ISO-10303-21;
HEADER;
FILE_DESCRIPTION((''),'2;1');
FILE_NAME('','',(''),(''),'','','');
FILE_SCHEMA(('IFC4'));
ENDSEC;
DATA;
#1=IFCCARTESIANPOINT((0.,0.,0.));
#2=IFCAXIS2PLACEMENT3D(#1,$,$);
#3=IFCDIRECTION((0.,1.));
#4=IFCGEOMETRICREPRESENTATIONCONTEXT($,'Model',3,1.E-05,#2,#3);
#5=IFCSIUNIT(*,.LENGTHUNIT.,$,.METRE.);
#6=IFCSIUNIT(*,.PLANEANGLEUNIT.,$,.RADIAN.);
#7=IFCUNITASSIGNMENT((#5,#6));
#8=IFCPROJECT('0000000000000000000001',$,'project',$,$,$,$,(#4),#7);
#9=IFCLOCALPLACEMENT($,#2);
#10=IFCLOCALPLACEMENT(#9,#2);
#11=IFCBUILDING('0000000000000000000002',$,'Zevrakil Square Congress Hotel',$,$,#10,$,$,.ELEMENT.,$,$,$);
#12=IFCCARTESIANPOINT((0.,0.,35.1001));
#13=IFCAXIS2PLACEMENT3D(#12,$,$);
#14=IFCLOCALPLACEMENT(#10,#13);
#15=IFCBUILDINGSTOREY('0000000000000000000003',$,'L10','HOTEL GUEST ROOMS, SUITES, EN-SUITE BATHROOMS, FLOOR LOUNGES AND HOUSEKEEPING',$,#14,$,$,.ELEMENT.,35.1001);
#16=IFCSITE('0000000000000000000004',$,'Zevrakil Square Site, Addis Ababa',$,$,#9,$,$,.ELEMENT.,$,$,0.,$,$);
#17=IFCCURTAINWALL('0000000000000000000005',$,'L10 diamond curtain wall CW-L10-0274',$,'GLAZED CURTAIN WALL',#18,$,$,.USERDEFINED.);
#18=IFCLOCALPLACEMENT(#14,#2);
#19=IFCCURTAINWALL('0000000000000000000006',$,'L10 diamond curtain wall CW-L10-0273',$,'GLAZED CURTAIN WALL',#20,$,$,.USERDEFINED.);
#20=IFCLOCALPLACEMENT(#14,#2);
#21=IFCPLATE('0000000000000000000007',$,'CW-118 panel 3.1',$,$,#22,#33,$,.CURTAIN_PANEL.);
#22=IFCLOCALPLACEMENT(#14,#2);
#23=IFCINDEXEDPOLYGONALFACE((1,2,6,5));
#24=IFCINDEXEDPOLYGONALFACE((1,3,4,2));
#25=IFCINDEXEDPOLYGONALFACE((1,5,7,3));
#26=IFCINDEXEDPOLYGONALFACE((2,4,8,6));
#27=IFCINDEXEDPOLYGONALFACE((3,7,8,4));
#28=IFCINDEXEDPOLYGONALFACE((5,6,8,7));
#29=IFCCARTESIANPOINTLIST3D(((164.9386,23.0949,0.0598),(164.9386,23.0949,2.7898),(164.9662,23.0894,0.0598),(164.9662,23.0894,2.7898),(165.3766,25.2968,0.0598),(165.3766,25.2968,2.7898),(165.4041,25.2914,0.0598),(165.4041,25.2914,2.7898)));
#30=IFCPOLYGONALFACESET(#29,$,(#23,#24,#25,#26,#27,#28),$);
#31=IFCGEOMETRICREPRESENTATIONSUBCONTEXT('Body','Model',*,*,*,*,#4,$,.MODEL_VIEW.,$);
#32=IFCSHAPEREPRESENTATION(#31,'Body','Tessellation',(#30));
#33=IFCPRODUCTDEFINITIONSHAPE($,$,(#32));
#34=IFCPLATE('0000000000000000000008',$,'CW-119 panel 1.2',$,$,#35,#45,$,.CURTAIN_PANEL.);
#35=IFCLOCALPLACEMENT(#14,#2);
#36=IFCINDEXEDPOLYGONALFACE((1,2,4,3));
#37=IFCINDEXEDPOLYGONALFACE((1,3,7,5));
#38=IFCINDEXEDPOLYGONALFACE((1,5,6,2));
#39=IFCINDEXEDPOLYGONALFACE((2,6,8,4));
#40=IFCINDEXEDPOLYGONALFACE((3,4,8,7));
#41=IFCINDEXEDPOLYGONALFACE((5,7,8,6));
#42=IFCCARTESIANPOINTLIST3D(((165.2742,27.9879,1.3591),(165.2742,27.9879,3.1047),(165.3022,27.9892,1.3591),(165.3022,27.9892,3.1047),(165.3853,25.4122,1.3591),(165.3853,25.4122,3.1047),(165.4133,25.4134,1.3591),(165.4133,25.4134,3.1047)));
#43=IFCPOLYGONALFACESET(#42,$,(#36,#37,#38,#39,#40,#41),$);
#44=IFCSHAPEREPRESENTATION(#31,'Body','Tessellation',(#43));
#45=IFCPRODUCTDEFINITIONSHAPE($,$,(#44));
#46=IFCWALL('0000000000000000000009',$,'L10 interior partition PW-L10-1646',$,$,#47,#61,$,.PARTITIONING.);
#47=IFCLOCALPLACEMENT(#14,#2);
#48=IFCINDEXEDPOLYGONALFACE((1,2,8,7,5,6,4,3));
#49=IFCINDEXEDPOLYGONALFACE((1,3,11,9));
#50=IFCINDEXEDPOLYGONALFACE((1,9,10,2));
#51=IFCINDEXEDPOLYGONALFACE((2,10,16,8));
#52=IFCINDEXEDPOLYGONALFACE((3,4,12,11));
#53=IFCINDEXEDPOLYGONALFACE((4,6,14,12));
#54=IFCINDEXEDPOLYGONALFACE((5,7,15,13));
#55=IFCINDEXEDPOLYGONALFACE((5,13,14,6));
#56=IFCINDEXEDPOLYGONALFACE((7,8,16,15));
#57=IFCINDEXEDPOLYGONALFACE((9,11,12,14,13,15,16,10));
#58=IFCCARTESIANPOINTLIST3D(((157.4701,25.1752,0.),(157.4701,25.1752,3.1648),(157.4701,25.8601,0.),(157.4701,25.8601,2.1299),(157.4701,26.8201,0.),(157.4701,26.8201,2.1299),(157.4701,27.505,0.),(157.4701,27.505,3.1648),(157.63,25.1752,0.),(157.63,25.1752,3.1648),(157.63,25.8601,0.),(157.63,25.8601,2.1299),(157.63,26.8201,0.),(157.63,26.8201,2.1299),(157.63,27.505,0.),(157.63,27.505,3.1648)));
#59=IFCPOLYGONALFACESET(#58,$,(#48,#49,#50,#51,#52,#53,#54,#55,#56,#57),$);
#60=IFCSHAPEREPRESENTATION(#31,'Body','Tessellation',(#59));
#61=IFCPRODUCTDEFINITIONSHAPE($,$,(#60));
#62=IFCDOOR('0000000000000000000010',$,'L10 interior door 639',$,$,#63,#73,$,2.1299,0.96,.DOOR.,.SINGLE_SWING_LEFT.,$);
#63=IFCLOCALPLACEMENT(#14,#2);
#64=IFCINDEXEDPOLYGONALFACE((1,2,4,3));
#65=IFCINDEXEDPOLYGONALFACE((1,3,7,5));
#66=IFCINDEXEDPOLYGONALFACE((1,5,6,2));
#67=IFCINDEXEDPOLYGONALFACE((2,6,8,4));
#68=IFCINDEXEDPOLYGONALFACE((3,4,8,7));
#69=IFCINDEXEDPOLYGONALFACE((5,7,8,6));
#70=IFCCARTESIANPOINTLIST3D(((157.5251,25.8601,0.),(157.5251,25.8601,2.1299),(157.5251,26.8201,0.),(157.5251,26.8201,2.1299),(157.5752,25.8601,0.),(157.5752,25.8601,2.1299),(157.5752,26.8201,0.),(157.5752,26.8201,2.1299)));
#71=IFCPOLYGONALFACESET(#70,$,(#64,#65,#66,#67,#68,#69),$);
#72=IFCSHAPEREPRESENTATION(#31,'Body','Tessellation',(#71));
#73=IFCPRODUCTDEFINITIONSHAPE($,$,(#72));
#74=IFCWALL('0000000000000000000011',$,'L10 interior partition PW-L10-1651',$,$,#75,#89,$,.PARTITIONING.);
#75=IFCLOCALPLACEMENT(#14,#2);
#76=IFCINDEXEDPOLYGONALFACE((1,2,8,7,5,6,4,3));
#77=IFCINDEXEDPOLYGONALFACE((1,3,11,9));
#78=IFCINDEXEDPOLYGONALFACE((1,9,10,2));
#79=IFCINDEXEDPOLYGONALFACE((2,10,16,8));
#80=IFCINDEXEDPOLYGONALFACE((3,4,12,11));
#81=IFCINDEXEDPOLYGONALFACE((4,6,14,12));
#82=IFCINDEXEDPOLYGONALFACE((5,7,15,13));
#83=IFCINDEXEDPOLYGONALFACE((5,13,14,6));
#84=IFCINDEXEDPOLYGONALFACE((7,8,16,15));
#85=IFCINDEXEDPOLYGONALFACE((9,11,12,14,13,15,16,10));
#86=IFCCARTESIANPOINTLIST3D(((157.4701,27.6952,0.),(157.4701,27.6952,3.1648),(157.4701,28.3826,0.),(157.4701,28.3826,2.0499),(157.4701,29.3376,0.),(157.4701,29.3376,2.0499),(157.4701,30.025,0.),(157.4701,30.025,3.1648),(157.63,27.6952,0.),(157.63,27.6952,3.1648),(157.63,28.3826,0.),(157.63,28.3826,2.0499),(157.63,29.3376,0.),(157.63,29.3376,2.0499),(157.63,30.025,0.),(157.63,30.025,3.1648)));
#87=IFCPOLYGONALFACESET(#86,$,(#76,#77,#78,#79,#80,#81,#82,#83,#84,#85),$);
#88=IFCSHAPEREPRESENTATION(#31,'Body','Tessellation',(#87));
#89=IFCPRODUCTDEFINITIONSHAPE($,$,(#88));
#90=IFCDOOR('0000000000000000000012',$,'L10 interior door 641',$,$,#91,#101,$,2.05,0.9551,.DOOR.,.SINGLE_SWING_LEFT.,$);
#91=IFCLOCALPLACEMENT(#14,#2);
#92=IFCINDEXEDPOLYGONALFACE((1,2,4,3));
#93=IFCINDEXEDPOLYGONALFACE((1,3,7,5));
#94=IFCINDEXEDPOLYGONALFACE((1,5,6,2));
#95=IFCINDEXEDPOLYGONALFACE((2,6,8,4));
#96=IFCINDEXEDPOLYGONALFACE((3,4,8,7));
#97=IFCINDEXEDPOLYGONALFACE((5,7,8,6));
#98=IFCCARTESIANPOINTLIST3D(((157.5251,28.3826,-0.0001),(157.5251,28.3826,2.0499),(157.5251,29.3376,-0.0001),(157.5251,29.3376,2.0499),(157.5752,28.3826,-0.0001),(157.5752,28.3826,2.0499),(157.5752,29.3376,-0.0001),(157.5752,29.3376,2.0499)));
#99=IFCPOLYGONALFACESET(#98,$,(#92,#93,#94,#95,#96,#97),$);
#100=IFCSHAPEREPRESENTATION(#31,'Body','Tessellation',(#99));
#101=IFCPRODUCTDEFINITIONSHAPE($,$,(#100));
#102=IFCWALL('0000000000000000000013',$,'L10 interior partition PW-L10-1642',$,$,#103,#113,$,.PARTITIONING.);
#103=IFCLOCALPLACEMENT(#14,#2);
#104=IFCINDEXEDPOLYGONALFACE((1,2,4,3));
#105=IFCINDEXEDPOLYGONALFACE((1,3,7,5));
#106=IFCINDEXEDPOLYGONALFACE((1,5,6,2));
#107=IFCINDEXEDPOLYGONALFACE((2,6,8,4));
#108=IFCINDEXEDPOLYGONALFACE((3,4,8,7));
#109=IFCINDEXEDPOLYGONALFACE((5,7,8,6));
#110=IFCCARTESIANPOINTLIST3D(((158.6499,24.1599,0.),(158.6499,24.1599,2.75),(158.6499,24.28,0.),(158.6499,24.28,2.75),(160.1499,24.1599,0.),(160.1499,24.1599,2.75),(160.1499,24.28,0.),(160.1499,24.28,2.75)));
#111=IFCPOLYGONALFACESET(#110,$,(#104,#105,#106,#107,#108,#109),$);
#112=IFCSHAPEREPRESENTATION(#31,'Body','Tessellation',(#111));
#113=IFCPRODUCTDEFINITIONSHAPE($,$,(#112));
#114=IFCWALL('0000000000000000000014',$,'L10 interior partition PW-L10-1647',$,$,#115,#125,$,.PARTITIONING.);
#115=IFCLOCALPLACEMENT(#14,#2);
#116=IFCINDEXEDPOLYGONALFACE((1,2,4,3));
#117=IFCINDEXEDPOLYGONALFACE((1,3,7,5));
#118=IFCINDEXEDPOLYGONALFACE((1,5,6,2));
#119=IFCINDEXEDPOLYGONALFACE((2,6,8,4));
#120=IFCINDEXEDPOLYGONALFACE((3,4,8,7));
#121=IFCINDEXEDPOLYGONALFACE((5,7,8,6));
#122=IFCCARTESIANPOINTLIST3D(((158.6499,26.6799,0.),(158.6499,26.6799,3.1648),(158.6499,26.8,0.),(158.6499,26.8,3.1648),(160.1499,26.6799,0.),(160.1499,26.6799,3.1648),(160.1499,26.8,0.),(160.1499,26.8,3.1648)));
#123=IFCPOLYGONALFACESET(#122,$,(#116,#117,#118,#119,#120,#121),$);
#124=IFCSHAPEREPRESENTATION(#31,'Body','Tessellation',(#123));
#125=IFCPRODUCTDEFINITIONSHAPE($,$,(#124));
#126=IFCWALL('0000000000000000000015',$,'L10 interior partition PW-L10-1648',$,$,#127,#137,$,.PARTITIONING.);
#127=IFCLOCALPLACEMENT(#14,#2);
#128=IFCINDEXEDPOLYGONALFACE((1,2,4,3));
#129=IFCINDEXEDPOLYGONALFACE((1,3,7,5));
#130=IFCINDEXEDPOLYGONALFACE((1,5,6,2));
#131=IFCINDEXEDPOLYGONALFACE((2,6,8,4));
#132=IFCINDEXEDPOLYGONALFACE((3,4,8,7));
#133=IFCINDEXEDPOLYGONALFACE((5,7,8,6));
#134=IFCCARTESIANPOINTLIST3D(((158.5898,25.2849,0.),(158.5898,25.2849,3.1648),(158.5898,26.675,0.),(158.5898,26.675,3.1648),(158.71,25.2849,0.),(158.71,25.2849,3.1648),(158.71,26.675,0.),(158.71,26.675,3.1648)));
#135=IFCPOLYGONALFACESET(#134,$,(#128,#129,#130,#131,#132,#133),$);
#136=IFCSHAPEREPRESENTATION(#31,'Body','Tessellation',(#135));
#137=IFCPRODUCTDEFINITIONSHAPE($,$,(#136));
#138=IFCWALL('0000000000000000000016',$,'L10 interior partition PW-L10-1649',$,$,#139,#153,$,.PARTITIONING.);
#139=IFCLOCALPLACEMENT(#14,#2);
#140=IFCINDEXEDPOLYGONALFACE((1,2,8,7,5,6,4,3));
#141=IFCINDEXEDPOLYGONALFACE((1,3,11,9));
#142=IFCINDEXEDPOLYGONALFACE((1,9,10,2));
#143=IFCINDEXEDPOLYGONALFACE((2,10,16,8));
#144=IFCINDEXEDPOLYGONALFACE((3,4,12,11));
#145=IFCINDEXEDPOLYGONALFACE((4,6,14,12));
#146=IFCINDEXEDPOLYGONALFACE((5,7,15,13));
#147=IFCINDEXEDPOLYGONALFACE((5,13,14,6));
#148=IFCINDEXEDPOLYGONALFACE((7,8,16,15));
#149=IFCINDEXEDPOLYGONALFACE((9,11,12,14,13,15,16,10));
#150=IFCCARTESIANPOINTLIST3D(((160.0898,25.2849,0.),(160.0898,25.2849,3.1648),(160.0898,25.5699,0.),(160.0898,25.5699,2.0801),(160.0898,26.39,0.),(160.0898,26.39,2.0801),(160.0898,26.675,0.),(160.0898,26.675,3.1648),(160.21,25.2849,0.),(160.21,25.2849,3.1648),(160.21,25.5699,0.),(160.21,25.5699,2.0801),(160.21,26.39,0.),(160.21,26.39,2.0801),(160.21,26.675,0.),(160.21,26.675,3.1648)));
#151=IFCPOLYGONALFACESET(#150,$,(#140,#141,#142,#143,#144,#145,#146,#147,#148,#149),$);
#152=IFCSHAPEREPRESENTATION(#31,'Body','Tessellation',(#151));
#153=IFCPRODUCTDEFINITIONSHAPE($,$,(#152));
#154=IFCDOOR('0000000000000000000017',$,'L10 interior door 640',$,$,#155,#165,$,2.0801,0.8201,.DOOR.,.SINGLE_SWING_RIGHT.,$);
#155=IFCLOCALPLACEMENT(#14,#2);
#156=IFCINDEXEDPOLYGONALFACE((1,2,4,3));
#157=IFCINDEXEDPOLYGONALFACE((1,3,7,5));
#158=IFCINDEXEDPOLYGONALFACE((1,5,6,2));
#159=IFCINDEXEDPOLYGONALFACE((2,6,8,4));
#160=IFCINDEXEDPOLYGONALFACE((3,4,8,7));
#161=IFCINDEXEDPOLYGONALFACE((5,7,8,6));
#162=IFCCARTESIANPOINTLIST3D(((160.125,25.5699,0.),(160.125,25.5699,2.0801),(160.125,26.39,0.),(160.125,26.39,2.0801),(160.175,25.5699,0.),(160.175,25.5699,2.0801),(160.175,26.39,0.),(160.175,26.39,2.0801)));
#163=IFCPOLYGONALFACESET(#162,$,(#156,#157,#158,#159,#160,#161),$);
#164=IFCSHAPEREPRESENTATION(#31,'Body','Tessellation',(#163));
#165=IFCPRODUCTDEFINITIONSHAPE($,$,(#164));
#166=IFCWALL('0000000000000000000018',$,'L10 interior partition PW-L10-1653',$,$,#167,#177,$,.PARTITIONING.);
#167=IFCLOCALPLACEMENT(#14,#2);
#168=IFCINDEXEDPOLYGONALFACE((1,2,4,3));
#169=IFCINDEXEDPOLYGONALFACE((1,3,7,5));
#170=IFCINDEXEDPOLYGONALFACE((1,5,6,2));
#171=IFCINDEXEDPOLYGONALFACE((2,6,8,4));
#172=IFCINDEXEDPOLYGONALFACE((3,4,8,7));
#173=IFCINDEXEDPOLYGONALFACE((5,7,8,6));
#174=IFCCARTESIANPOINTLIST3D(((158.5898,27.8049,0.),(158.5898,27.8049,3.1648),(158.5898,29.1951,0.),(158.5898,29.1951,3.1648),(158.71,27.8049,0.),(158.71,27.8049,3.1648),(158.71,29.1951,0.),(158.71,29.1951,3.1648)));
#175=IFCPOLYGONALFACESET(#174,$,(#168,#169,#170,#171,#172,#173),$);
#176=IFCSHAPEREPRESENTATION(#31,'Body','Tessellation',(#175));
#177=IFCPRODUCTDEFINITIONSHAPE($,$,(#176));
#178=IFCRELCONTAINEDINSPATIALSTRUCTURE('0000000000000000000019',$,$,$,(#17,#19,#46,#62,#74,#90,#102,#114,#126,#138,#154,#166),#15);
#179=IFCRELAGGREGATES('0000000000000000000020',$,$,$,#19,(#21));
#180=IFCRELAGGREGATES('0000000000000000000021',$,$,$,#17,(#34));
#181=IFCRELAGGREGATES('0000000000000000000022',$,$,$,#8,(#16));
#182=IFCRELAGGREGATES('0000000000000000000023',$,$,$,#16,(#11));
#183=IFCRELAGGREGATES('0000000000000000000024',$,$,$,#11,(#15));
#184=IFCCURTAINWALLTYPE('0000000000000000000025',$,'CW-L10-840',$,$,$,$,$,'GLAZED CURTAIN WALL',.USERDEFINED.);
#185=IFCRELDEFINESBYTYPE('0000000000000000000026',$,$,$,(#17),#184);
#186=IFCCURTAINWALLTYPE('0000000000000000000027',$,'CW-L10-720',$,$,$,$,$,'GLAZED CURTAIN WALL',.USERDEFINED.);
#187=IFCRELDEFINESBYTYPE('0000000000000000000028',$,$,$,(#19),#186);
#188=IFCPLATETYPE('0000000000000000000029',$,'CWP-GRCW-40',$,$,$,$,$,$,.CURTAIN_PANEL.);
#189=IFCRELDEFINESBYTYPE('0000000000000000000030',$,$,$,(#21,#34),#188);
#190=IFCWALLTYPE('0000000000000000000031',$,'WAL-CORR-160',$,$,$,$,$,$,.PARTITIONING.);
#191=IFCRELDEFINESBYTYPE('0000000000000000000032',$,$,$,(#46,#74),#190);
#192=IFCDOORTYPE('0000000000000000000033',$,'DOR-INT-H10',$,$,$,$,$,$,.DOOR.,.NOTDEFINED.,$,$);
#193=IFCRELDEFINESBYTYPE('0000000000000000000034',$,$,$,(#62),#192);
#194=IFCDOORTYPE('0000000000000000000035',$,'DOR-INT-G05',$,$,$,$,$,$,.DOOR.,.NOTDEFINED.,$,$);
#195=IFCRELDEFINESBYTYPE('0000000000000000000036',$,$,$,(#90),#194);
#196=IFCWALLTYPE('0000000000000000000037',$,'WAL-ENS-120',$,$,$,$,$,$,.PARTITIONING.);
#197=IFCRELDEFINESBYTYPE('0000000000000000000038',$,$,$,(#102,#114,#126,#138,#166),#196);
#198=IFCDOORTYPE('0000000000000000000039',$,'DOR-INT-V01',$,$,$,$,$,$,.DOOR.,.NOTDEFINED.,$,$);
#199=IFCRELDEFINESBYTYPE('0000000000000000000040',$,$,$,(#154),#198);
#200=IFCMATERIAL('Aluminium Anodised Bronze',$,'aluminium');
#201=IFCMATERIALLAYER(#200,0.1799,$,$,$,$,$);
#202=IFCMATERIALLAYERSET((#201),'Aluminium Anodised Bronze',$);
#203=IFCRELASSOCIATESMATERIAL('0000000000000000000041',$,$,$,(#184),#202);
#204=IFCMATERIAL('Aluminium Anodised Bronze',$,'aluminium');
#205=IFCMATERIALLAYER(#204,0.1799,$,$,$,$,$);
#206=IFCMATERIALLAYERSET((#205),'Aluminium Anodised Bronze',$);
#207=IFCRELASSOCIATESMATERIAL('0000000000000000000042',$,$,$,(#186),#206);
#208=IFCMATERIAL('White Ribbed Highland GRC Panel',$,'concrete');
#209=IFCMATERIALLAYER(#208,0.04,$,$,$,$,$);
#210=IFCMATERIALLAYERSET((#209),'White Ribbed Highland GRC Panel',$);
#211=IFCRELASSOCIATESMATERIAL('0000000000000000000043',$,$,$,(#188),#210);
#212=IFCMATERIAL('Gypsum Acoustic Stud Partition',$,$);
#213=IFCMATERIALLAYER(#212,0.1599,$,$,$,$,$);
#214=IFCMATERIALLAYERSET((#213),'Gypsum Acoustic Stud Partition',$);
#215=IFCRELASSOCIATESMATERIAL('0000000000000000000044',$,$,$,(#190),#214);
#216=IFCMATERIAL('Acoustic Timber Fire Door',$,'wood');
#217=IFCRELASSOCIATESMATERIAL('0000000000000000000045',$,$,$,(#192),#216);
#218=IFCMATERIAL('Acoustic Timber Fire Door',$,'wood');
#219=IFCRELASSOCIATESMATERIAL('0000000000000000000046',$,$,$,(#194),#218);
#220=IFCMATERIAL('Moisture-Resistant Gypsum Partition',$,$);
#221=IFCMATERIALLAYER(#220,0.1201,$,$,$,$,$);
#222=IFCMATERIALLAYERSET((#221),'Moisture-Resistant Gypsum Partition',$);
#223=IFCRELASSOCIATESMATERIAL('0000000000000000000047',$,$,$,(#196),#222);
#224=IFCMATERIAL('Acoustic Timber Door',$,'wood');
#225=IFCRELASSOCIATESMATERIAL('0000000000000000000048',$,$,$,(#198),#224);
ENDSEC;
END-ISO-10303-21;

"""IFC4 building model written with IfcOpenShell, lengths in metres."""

from ifc_helpers import new_model, si_unit, direction, frame, frame_2d, origin, origin_2d, place, context, subcontext, project, spatial, rectangle, extrude, material, layer, layer_set, type_object, element, fill, aggregate, save


model = new_model("IFC4")

# Units and contexts
model_context = context("Model", 3, precision=1e-05, world=origin(), true_north=direction((0.0, 1.0)))
body_context = subcontext(model_context, "Body", "Model", "MODEL_VIEW")
ifc_project = project(units=[si_unit("LENGTHUNIT", "METRE"), si_unit("PLANEANGLEUNIT", "RADIAN")], contexts=[model_context])

# Site, building, storey
site_placement = place(None, origin())
site = spatial("IfcSite", under=ifc_project, at=site_placement, Name="Zevrakil Square Site, Addis Ababa", CompositionType="ELEMENT", RefElevation=0.0)
building_placement = place(site_placement, origin())
building = spatial("IfcBuilding", under=site, at=building_placement, Name="Zevrakil Square Congress Hotel", CompositionType="ELEMENT")
storey_placement = place(building_placement, frame((0.0, 0.0, 35.1001)))
storey = spatial("IfcBuildingStorey", under=building, at=storey_placement, Name="L10", Description="HOTEL GUEST ROOMS, SUITES, EN-SUITE BATHROOMS, FLOOR LOUNGES AND HOUSEKEEPING", CompositionType="ELEMENT", Elevation=35.1001)

# Curtain wall
ifc_material_1 = material(Name="Aluminium Anodised Bronze", Category="aluminium")
ifc_layer_1 = layer(ifc_material_1, 0.1799)
ifc_layer_set_1 = layer_set([ifc_layer_1], Name="Aluminium Anodised Bronze")
curtain_wall_type_1 = type_object("IfcCurtainWallType", Name="CW-L10-840", ElementType="GLAZED CURTAIN WALL", PredefinedType="USERDEFINED", material=ifc_layer_set_1)
curtain_wall_1_placement = place(storey_placement, origin())
curtain_wall_1 = element("IfcCurtainWall", 1, at=curtain_wall_1_placement, inside=storey, type_object=curtain_wall_type_1, Name="L10 diamond curtain wall CW-L10-0274", ObjectType="GLAZED CURTAIN WALL", PredefinedType="USERDEFINED")

# Curtain wall
ifc_material_2 = material(Name="Aluminium Anodised Bronze", Category="aluminium")
ifc_layer_2 = layer(ifc_material_2, 0.1799)
ifc_layer_set_2 = layer_set([ifc_layer_2], Name="Aluminium Anodised Bronze")
curtain_wall_type_2 = type_object("IfcCurtainWallType", Name="CW-L10-720", ElementType="GLAZED CURTAIN WALL", PredefinedType="USERDEFINED", material=ifc_layer_set_2)
curtain_wall_2_placement = place(storey_placement, origin())
curtain_wall_2 = element("IfcCurtainWall", 2, at=curtain_wall_2_placement, inside=storey, type_object=curtain_wall_type_2, Name="L10 diamond curtain wall CW-L10-0273", ObjectType="GLAZED CURTAIN WALL", PredefinedType="USERDEFINED")

# Plates
ifc_material_3 = material(Name="White Ribbed Highland GRC Panel", Category="concrete")
ifc_layer_3 = layer(ifc_material_3, 0.04)
ifc_layer_set_3 = layer_set([ifc_layer_3], Name="White Ribbed Highland GRC Panel")
plate_type_1 = type_object("IfcPlateType", Name="CWP-GRCW-40", PredefinedType="CURTAIN_PANEL", material=ifc_layer_set_3)
plate_1_placement = place(storey_placement, frame((165.1714, 24.1931, 0.0598), z_axis=(0.0, 0.0, 1.0), x_axis=(0.195084, 0.980787, 0.0)))
plate_1 = element("IfcPlate", 3, at=plate_1_placement, type_object=plate_type_1, Name="CW-118 panel 3.1", PredefinedType="CURTAIN_PANEL", context=body_context, shape_type="SweptSolid", body=[
    extrude(rectangle(XDim=2.2451, YDim=0.0281, at=origin_2d()), origin(), (0.0, 0.0, 1.0), 2.73),
])
aggregate(curtain_wall_2, [plate_1])
plate_2_placement = place(storey_placement, frame((165.3438, 26.7007, 1.3591), z_axis=(0.0, 0.0, 1.0), x_axis=(-0.043102, 0.999071, 0.0)))
plate_2 = element("IfcPlate", 4, at=plate_2_placement, type_object=plate_type_1, Name="CW-119 panel 1.2", PredefinedType="CURTAIN_PANEL", context=body_context, shape_type="SweptSolid", body=[
    extrude(rectangle(XDim=2.5781, YDim=0.0281, at=origin_2d()), origin(), (0.0, 0.0, 1.0), 1.7456),
])
aggregate(curtain_wall_1, [plate_2])

# Walls, openings, doors
ifc_material_4 = material(Name="Gypsum Acoustic Stud Partition")
ifc_layer_4 = layer(ifc_material_4, 0.1599)
ifc_layer_set_4 = layer_set([ifc_layer_4], Name="Gypsum Acoustic Stud Partition")
wall_type_1 = type_object("IfcWallType", Name="WAL-CORR-160", PredefinedType="PARTITIONING", material=ifc_layer_set_4)
wall_1_placement = place(storey_placement, frame((157.55, 25.175, 0.0), z_axis=(0.0, 0.0, 1.0), x_axis=(0.0, 1.0, 0.0)))
wall_1 = element("IfcWall", 5, at=wall_1_placement, inside=storey, type_object=wall_type_1, Name="L10 interior partition PW-L10-1646", PredefinedType="PARTITIONING", context=body_context, shape_type="SweptSolid", body=[
    extrude(rectangle(XDim=2.3298, YDim=0.1599, at=frame_2d((1.165, 0.0))), origin(), (0.0, 0.0, 1.0), 3.1648),
])
opening_1_placement = place(wall_1_placement, frame((0.6851, 0.0, 0.0)))
opening_1 = element("IfcOpeningElement", 6, at=opening_1_placement, cuts=wall_1, PredefinedType="OPENING", context=body_context, shape_type="SweptSolid", body=[
    extrude(rectangle(XDim=0.96, YDim=2.1299, at=frame_2d((0.48, 1.0649))), frame((0.0, 0.0898, 0.0), z_axis=(0.0, -1.0, 0.0), x_axis=(1.0, 0.0, 0.0)), (0.0, 0.0, 1.0), 0.1799),
])
ifc_material_5 = material(Name="Acoustic Timber Fire Door", Category="wood")
door_type_1 = type_object("IfcDoorType", Name="DOR-INT-H10", OperationType="NOTDEFINED", PredefinedType="DOOR", material=ifc_material_5)
door_1_placement = place(opening_1_placement, origin())
door_1 = element("IfcDoor", 7, at=door_1_placement, inside=storey, type_object=door_type_1, Name="L10 interior door 639", OperationType="SINGLE_SWING_LEFT", OverallHeight=2.1299, OverallWidth=0.96, PredefinedType="DOOR", context=body_context, shape_type="SweptSolid", body=[
    extrude(rectangle(XDim=0.96, YDim=2.1299, at=frame_2d((0.48, 1.0649))), frame((0.0, 0.0249, 0.0), z_axis=(0.0, -1.0, 0.0), x_axis=(1.0, 0.0, 0.0)), (0.0, 0.0, 1.0), 0.05),
])
fill(opening_1, door_1)
wall_2_placement = place(storey_placement, frame((157.55, 27.6951, 0.0), z_axis=(0.0, 0.0, 1.0), x_axis=(0.0, 1.0, 0.0)))
wall_2 = element("IfcWall", 8, at=wall_2_placement, inside=storey, type_object=wall_type_1, Name="L10 interior partition PW-L10-1651", PredefinedType="PARTITIONING", context=body_context, shape_type="SweptSolid", body=[
    extrude(rectangle(XDim=2.3298, YDim=0.1599, at=frame_2d((1.165, 0.0))), origin(), (0.0, 0.0, 1.0), 3.1648),
])
opening_2_placement = place(wall_2_placement, frame((0.6875, 0.0, 0.0)))
opening_2 = element("IfcOpeningElement", 9, at=opening_2_placement, cuts=wall_2, PredefinedType="OPENING", context=body_context, shape_type="SweptSolid", body=[
    extrude(rectangle(XDim=0.9551, YDim=2.05, at=frame_2d((0.4775, 1.0249))), frame((0.0, 0.0898, 0.0), z_axis=(0.0, -1.0, 0.0), x_axis=(1.0, 0.0, 0.0)), (0.0, 0.0, 1.0), 0.1799),
])
ifc_material_6 = material(Name="Acoustic Timber Fire Door", Category="wood")
door_type_2 = type_object("IfcDoorType", Name="DOR-INT-G05", OperationType="NOTDEFINED", PredefinedType="DOOR", material=ifc_material_6)
door_2_placement = place(opening_2_placement, origin())
door_2 = element("IfcDoor", 10, at=door_2_placement, inside=storey, type_object=door_type_2, Name="L10 interior door 641", OperationType="SINGLE_SWING_LEFT", OverallHeight=2.05, OverallWidth=0.9551, PredefinedType="DOOR", context=body_context, shape_type="SweptSolid", body=[
    extrude(rectangle(XDim=0.9551, YDim=2.05, at=frame_2d((0.4775, 1.0249))), frame((0.0, 0.0249, 0.0), z_axis=(0.0, -1.0, 0.0), x_axis=(1.0, 0.0, 0.0)), (0.0, 0.0, 1.0), 0.05),
])
fill(opening_2, door_2)

# Walls
ifc_material_7 = material(Name="Moisture-Resistant Gypsum Partition")
ifc_layer_5 = layer(ifc_material_7, 0.1201)
ifc_layer_set_5 = layer_set([ifc_layer_5], Name="Moisture-Resistant Gypsum Partition")
wall_type_2 = type_object("IfcWallType", Name="WAL-ENS-120", PredefinedType="PARTITIONING", material=ifc_layer_set_5)
wall_3_placement = place(storey_placement, frame((158.6499, 24.22, 0.0), z_axis=(0.0, 0.0, 1.0), x_axis=(1.0, 0.0, 0.0)))
element("IfcWall", 11, at=wall_3_placement, inside=storey, type_object=wall_type_2, Name="L10 interior partition PW-L10-1642", PredefinedType="PARTITIONING", context=body_context, shape_type="SweptSolid", body=[
    extrude(rectangle(XDim=1.5, YDim=0.1201, at=frame_2d((0.75, 0.0))), origin(), (0.0, 0.0, 1.0), 2.75),
])
wall_4_placement = place(storey_placement, frame((158.6499, 26.74, 0.0), z_axis=(0.0, 0.0, 1.0), x_axis=(1.0, 0.0, 0.0)))
element("IfcWall", 12, at=wall_4_placement, inside=storey, type_object=wall_type_2, Name="L10 interior partition PW-L10-1647", PredefinedType="PARTITIONING", context=body_context, shape_type="SweptSolid", body=[
    extrude(rectangle(XDim=1.5, YDim=0.1201, at=frame_2d((0.75, 0.0))), origin(), (0.0, 0.0, 1.0), 3.1648),
])
wall_5_placement = place(storey_placement, frame((158.6499, 25.2849, 0.0), z_axis=(0.0, 0.0, 1.0), x_axis=(0.0, 1.0, 0.0)))
element("IfcWall", 13, at=wall_5_placement, inside=storey, type_object=wall_type_2, Name="L10 interior partition PW-L10-1648", PredefinedType="PARTITIONING", context=body_context, shape_type="SweptSolid", body=[
    extrude(rectangle(XDim=1.3901, YDim=0.1201, at=frame_2d((0.6951, 0.0))), origin(), (0.0, 0.0, 1.0), 3.1648),
])

# Wall, opening, door
wall_6_placement = place(storey_placement, frame((160.1499, 25.2849, 0.0), z_axis=(0.0, 0.0, 1.0), x_axis=(0.0, 1.0, 0.0)))
wall_6 = element("IfcWall", 14, at=wall_6_placement, inside=storey, type_object=wall_type_2, Name="L10 interior partition PW-L10-1649", PredefinedType="PARTITIONING", context=body_context, shape_type="SweptSolid", body=[
    extrude(rectangle(XDim=1.3901, YDim=0.1201, at=frame_2d((0.6951, 0.0))), origin(), (0.0, 0.0, 1.0), 3.1648),
])
opening_3_placement = place(wall_6_placement, frame((0.2849, 0.0, 0.0)))
opening_3 = element("IfcOpeningElement", 15, at=opening_3_placement, cuts=wall_6, PredefinedType="OPENING", context=body_context, shape_type="SweptSolid", body=[
    extrude(rectangle(XDim=0.8201, YDim=2.0801, at=frame_2d((0.4102, 1.04))), frame((0.0, 0.0701, 0.0), z_axis=(0.0, -1.0, 0.0), x_axis=(1.0, 0.0, 0.0)), (0.0, 0.0, 1.0), 0.1401),
])
ifc_material_8 = material(Name="Acoustic Timber Door", Category="wood")
door_type_3 = type_object("IfcDoorType", Name="DOR-INT-V01", OperationType="NOTDEFINED", PredefinedType="DOOR", material=ifc_material_8)
door_3_placement = place(opening_3_placement, origin())
door_3 = element("IfcDoor", 16, at=door_3_placement, inside=storey, type_object=door_type_3, Name="L10 interior door 640", OperationType="SINGLE_SWING_RIGHT", OverallHeight=2.0801, OverallWidth=0.8201, PredefinedType="DOOR", context=body_context, shape_type="SweptSolid", body=[
    extrude(rectangle(XDim=0.8201, YDim=2.0801, at=frame_2d((0.4102, 1.04))), frame((0.0, 0.0249, 0.0), z_axis=(0.0, -1.0, 0.0), x_axis=(1.0, 0.0, 0.0)), (0.0, 0.0, 1.0), 0.05),
])
fill(opening_3, door_3)

# Wall
wall_7_placement = place(storey_placement, frame((158.6499, 27.8049, 0.0), z_axis=(0.0, 0.0, 1.0), x_axis=(0.0, 1.0, 0.0)))
element("IfcWall", 17, at=wall_7_placement, inside=storey, type_object=wall_type_2, Name="L10 interior partition PW-L10-1653", PredefinedType="PARTITIONING", context=body_context, shape_type="SweptSolid", body=[
    extrude(rectangle(XDim=1.3901, YDim=0.1201, at=frame_2d((0.6951, 0.0))), origin(), (0.0, 0.0, 1.0), 3.1648),
])

save(model, "model.ifc")
